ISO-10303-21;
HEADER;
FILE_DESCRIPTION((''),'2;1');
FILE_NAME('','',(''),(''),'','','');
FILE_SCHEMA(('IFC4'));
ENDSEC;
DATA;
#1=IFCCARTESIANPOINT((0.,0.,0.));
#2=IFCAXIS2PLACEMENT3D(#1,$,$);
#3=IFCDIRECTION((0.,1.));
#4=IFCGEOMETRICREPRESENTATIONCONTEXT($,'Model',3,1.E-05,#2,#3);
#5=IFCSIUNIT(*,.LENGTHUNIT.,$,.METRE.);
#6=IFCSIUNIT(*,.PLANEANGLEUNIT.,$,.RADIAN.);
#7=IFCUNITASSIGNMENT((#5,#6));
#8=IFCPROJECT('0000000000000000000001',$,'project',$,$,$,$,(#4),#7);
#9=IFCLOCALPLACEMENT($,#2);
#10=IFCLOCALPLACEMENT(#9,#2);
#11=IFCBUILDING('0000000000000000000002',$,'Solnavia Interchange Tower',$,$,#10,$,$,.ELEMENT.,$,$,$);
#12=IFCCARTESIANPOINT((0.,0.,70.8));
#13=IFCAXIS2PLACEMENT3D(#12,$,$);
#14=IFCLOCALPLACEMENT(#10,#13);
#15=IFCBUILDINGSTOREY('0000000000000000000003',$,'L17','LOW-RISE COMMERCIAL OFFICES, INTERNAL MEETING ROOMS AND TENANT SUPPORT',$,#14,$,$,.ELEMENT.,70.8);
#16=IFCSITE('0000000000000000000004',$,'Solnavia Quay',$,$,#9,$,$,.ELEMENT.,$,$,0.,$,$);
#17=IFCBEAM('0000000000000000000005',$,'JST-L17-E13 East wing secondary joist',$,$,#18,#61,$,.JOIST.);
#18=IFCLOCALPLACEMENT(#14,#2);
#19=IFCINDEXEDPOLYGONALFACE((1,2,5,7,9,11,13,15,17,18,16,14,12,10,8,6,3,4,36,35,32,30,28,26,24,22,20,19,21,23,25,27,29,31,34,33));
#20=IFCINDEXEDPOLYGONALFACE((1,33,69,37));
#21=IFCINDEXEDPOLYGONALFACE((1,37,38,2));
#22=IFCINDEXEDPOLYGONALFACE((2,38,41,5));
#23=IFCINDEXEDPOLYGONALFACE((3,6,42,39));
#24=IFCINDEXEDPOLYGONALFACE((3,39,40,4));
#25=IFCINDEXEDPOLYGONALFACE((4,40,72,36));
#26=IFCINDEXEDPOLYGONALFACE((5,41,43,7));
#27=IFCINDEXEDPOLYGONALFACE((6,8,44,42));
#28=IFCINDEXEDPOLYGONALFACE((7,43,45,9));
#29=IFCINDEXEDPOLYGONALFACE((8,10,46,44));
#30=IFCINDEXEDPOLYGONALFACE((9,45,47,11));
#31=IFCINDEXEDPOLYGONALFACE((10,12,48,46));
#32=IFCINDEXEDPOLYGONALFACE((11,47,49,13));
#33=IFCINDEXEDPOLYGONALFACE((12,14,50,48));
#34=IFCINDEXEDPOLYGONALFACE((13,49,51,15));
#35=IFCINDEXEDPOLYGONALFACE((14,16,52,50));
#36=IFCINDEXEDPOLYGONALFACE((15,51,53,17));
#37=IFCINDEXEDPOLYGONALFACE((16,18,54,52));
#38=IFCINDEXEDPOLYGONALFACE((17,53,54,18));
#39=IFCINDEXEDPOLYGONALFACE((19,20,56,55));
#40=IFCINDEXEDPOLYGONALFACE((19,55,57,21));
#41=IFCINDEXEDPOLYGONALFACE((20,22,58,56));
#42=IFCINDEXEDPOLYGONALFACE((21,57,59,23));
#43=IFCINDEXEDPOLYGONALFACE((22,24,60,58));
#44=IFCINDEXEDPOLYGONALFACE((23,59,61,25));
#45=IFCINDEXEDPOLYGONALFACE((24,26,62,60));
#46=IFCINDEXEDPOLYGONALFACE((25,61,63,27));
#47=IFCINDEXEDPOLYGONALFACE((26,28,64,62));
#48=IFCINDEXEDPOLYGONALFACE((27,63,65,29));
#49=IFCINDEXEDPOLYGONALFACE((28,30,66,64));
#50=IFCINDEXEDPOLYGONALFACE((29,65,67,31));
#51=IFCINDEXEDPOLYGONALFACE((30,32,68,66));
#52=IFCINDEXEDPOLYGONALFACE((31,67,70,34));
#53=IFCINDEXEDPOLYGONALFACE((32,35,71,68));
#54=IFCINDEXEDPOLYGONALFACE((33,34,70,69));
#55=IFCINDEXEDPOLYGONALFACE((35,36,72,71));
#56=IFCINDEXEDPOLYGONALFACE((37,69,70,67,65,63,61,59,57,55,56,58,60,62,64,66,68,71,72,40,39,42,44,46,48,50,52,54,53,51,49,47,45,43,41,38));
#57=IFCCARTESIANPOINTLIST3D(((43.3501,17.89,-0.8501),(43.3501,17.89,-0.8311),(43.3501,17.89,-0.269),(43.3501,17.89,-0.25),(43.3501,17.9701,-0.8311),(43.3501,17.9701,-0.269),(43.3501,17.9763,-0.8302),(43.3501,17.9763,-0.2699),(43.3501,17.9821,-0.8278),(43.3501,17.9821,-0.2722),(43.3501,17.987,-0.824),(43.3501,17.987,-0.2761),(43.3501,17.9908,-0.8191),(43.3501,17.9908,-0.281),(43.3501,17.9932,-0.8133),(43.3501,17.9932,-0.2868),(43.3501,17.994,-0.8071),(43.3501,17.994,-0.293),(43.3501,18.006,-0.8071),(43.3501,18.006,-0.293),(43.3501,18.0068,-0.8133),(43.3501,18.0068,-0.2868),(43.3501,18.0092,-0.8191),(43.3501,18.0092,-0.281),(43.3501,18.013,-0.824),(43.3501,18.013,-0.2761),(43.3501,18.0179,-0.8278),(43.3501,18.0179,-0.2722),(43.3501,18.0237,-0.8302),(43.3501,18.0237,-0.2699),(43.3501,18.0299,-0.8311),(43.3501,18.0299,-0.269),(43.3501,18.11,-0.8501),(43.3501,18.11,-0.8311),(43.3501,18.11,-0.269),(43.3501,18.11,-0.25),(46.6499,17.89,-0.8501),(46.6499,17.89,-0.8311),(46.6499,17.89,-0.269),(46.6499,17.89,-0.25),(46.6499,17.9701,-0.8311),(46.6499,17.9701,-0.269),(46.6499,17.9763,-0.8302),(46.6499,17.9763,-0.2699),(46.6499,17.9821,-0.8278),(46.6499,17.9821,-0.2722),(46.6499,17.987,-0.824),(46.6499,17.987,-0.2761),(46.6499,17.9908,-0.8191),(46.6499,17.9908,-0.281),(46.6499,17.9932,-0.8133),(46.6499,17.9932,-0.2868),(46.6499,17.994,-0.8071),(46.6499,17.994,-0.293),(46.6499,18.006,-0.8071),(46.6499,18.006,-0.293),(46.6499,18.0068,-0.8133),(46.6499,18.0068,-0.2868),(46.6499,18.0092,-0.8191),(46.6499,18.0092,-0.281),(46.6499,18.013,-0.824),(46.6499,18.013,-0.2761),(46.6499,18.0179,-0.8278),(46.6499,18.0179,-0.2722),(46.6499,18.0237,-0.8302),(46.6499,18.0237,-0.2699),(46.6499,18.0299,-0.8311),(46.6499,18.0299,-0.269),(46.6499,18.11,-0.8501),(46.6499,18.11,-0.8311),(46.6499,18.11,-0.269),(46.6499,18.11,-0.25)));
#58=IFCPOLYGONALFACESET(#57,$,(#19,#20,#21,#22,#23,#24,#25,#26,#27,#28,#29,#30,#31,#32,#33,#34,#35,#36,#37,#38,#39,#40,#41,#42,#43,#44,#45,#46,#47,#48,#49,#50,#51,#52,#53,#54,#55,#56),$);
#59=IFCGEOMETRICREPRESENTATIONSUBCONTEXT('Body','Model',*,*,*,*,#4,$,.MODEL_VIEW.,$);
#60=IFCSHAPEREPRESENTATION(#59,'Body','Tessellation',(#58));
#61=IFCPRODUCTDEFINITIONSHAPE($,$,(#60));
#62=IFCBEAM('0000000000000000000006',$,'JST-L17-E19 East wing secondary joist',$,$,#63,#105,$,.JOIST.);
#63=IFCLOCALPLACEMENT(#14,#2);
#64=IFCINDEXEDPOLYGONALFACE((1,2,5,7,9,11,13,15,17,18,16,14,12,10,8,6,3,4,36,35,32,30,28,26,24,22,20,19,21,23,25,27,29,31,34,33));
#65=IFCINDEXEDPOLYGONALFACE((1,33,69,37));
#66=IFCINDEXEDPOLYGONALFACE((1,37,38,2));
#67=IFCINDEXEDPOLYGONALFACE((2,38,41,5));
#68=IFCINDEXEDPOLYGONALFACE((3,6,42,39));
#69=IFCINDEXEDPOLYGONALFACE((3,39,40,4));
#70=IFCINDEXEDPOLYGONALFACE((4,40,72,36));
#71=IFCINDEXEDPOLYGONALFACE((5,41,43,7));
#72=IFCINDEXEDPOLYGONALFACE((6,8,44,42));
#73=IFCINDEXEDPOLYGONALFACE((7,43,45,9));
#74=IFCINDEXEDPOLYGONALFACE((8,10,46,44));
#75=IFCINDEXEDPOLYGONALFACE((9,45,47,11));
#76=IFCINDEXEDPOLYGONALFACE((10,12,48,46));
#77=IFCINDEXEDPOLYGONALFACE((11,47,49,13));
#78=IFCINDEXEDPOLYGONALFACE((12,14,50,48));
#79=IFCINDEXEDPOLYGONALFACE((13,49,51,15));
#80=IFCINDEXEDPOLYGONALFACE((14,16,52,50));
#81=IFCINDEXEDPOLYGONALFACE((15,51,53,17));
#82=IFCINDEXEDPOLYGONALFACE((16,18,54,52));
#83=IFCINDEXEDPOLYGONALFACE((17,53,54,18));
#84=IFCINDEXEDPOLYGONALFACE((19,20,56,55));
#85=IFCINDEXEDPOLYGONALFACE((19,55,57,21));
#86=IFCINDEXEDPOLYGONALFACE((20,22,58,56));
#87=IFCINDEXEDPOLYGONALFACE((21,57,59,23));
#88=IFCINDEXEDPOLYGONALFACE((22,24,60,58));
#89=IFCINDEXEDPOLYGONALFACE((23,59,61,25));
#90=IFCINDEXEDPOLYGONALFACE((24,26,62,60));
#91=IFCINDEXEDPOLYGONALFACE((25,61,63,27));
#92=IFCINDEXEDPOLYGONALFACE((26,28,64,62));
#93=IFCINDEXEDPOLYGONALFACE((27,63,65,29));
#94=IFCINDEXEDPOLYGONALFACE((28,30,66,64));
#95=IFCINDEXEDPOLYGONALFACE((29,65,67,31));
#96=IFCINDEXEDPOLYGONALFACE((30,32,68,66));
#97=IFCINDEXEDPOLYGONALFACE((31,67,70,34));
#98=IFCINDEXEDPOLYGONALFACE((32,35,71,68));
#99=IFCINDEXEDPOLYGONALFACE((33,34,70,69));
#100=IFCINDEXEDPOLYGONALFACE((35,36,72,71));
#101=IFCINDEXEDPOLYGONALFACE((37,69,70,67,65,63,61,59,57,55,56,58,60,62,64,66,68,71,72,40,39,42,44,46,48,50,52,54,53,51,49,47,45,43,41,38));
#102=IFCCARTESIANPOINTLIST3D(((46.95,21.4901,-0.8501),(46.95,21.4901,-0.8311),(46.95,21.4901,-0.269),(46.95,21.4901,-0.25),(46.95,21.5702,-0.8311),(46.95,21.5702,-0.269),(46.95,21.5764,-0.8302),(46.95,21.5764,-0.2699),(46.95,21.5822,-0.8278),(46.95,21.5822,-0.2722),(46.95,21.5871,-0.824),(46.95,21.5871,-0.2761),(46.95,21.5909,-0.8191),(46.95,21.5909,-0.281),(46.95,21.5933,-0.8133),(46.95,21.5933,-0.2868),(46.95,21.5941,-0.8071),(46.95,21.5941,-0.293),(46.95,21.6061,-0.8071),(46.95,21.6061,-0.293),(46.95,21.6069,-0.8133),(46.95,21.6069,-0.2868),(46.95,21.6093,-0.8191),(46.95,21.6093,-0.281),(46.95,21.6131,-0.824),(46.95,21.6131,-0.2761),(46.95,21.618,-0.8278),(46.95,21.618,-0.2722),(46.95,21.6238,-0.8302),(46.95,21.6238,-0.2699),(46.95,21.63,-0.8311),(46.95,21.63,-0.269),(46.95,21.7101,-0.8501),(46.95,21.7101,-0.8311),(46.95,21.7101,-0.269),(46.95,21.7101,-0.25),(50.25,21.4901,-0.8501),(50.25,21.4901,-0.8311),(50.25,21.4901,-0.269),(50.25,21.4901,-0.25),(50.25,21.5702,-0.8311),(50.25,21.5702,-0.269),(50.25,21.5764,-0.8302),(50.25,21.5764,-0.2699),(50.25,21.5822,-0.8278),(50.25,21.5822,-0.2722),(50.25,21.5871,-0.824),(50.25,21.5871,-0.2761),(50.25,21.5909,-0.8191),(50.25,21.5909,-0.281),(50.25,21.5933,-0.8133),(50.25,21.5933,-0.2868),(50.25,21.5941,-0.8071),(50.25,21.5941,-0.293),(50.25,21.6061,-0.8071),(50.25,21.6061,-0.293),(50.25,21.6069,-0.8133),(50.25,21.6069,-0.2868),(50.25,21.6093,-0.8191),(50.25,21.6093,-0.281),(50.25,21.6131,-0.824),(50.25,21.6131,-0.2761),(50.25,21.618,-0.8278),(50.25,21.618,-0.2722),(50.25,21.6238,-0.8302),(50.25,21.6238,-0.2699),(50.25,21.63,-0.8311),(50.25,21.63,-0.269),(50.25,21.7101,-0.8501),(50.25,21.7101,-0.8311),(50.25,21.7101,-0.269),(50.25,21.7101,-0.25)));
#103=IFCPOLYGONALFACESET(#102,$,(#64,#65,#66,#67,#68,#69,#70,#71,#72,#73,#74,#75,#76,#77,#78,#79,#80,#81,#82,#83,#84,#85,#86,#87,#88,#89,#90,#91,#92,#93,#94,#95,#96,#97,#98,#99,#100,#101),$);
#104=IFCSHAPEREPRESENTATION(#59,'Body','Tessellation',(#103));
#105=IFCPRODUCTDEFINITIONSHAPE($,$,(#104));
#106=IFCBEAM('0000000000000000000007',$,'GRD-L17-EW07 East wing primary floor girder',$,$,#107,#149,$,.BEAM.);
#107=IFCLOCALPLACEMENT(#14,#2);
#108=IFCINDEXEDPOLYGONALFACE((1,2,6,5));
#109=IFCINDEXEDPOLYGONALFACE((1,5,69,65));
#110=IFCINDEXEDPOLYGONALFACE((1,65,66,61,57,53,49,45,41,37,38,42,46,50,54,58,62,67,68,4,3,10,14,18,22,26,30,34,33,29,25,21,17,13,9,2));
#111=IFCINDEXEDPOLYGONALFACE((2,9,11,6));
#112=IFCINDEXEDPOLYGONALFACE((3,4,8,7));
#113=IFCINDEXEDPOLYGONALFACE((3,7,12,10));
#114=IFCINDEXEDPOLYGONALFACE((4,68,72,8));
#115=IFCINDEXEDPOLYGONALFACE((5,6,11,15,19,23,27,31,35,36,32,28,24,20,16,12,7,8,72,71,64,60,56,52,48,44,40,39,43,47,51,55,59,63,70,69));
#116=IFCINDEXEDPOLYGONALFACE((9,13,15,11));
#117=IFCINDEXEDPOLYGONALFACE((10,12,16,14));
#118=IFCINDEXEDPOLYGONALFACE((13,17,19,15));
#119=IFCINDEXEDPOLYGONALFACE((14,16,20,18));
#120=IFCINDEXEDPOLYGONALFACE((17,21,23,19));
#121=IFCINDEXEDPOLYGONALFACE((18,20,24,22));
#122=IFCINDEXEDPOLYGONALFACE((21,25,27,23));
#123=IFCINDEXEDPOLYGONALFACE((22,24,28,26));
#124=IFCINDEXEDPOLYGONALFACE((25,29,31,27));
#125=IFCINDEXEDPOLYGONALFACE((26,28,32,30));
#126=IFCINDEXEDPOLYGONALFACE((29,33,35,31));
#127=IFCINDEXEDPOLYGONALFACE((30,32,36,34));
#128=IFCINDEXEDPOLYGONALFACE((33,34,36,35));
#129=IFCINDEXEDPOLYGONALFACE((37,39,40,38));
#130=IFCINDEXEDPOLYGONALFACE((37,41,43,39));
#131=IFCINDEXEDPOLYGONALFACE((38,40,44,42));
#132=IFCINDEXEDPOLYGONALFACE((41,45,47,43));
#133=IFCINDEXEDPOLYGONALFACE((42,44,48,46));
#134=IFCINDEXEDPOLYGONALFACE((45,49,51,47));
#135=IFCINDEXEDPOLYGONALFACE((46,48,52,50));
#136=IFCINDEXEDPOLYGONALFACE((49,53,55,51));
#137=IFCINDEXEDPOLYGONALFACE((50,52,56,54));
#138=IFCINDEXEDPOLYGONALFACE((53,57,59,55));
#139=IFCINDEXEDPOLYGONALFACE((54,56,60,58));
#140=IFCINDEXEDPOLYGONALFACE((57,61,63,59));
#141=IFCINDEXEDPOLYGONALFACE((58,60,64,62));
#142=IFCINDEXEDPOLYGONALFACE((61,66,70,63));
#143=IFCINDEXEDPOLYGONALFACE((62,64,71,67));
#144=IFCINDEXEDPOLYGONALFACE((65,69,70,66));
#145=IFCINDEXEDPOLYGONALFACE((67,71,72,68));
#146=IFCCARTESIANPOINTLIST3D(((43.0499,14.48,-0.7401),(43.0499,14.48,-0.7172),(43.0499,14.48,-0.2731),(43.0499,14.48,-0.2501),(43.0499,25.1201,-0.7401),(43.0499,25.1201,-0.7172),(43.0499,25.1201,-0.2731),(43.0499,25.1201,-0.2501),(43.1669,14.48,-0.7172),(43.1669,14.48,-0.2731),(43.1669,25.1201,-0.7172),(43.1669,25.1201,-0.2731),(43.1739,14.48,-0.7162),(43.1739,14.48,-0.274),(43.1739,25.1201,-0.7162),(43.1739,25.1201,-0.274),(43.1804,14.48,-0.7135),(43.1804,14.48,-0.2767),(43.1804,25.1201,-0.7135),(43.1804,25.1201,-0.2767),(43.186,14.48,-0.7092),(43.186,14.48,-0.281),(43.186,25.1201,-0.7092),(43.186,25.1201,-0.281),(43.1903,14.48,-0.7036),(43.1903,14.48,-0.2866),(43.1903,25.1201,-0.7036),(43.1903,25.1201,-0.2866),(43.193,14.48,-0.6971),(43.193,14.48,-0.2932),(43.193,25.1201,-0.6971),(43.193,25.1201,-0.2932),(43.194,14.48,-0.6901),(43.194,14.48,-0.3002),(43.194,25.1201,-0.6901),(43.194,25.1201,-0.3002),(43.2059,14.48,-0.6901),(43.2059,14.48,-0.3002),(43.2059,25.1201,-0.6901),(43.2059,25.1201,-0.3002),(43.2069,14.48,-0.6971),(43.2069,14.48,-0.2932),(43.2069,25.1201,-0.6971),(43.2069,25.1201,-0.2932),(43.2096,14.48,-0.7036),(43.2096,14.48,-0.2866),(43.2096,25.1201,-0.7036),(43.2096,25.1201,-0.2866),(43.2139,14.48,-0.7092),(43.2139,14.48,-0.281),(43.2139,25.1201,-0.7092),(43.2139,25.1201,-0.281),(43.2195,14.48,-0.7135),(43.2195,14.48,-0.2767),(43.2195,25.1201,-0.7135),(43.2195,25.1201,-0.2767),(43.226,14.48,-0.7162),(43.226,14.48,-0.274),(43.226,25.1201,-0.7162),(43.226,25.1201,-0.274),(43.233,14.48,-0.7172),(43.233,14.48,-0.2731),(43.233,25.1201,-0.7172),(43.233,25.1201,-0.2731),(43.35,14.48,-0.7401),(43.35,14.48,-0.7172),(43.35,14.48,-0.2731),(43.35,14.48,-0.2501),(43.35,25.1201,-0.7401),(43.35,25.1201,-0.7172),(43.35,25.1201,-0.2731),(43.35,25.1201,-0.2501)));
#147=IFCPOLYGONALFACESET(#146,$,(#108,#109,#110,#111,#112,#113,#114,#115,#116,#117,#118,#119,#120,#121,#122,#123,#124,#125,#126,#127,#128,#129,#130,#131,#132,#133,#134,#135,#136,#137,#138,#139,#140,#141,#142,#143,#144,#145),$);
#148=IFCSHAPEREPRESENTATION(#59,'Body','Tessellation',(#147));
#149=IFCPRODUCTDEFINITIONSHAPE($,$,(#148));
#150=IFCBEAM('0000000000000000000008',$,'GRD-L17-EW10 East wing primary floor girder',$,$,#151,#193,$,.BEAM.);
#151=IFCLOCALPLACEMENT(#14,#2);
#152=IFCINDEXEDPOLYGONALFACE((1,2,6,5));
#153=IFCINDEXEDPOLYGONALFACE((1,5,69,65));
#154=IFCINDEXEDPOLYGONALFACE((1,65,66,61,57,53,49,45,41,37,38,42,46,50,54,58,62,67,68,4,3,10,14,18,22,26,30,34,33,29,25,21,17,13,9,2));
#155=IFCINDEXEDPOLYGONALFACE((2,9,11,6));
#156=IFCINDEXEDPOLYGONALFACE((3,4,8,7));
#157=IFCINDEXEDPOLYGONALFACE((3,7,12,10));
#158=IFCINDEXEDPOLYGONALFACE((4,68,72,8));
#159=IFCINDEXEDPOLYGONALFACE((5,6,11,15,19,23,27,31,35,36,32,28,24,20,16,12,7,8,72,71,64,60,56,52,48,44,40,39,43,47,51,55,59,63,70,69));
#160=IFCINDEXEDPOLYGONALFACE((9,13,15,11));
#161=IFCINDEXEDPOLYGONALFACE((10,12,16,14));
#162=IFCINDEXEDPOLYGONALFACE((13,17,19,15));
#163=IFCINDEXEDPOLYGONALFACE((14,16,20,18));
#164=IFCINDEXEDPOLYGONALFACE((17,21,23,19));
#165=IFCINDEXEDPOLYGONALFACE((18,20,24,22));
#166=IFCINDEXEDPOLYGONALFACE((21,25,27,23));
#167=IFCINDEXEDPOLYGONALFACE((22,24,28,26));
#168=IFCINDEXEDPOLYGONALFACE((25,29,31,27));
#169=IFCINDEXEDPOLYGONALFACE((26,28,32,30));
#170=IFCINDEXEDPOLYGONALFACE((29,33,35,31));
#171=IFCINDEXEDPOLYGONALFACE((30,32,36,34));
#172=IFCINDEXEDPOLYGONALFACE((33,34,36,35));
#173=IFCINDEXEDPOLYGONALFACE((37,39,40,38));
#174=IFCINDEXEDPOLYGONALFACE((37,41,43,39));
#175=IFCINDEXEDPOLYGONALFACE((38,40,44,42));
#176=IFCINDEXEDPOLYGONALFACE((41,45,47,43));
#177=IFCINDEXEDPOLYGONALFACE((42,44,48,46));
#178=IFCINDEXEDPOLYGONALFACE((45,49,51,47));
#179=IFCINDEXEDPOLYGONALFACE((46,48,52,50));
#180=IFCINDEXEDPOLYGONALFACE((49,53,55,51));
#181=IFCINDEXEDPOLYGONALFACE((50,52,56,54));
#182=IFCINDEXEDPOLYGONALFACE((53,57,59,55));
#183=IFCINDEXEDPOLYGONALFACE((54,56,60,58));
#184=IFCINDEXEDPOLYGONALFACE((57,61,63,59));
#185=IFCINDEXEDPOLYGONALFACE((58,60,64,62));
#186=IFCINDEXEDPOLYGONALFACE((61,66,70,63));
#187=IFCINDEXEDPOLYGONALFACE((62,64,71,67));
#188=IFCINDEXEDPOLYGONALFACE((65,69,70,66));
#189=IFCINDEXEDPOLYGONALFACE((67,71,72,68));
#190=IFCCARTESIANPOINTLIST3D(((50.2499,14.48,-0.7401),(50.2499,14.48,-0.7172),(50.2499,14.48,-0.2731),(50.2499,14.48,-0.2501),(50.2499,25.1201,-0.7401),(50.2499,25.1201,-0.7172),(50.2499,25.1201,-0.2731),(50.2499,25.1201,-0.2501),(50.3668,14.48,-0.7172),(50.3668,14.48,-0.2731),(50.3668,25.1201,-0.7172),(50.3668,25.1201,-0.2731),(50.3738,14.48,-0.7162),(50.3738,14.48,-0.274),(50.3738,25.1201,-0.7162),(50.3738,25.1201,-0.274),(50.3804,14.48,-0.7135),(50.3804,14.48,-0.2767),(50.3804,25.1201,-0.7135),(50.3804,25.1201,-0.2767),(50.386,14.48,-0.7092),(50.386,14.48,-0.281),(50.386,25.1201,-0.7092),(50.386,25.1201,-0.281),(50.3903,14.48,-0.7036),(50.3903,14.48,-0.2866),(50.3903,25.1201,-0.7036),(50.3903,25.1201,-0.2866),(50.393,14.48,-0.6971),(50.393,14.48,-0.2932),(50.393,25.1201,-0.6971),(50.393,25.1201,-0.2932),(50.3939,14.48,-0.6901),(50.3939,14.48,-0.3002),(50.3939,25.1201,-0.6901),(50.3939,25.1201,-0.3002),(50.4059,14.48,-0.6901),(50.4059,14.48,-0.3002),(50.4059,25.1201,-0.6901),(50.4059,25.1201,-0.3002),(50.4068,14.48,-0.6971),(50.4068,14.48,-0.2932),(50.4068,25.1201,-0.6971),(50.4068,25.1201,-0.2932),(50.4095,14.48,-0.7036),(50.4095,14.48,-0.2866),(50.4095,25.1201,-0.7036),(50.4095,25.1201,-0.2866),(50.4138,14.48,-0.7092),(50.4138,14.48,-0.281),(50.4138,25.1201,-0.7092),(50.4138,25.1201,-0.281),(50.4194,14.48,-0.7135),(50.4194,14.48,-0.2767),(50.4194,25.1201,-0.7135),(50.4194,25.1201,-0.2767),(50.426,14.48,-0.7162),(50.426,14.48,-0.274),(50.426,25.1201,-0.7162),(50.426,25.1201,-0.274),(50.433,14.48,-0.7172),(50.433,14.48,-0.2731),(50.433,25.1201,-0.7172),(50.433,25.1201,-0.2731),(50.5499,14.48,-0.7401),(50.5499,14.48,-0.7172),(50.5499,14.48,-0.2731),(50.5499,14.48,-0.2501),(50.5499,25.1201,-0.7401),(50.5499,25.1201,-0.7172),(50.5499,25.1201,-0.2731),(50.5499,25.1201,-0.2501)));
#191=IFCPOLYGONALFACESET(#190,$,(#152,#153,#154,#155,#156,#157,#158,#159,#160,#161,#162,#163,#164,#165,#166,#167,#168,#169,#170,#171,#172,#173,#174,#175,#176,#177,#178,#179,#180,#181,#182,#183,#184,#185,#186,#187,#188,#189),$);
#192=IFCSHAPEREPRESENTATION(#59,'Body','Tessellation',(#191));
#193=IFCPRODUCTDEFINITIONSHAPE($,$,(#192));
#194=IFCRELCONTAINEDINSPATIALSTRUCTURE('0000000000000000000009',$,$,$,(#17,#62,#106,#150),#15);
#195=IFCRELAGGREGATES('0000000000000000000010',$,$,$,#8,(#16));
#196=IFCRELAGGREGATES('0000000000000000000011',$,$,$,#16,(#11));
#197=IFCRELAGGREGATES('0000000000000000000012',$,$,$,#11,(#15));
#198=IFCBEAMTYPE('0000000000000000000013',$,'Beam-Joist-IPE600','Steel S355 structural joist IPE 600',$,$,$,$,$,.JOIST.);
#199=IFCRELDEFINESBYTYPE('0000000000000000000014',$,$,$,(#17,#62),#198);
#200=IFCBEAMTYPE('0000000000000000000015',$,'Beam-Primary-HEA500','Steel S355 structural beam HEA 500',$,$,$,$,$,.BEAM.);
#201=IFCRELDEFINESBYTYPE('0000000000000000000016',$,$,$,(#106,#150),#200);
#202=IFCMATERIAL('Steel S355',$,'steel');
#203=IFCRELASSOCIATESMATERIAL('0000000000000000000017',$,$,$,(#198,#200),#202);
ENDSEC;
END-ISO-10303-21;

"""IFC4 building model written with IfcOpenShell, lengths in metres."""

from ifc_helpers import new_model, si_unit, direction, frame, origin, origin_2d, place, context, subcontext, project, spatial, i_section, extrude, material, material_profile, profile_set, type_object, element, save


model = new_model("IFC4")

# Units and contexts
model_context = context("Model", 3, precision=1e-05, world=origin(), true_north=direction((0.0, 1.0)))
body_context = subcontext(model_context, "Body", "Model", "MODEL_VIEW")
ifc_project = project(units=[si_unit("LENGTHUNIT", "METRE"), si_unit("PLANEANGLEUNIT", "RADIAN")], contexts=[model_context])

# Site, building, storey
site_placement = place(None, origin())
site = spatial("IfcSite", under=ifc_project, at=site_placement, Name="Solnavia Quay", CompositionType="ELEMENT", RefElevation=0.0)
building_placement = place(site_placement, origin())
building = spatial("IfcBuilding", under=site, at=building_placement, Name="Solnavia Interchange Tower", CompositionType="ELEMENT")
storey_placement = place(building_placement, frame((0.0, 0.0, 70.8)))
storey = spatial("IfcBuildingStorey", under=building, at=storey_placement, Name="L17", Description="LOW-RISE COMMERCIAL OFFICES, INTERNAL MEETING ROOMS AND TENANT SUPPORT", CompositionType="ELEMENT", Elevation=70.8)

# Shared definitions
ifc_material_1 = material(Name="Steel S355", Category="steel")

# Beams
ifc_material_profile_1 = material_profile(ifc_material_1, i_section(OverallWidth=0.22, OverallDepth=0.6001, WebThickness=0.012, FlangeThickness=0.019, FilletRadius=0.0239, at=origin_2d()), Name="IPE 600")
ifc_profile_set_1 = profile_set([ifc_material_profile_1], Name="Steel S355")
beam_type_1 = type_object("IfcBeamType", Name="Beam-Joist-IPE600", Description="Steel S355 structural joist IPE 600", PredefinedType="JOIST", material=ifc_profile_set_1)
beam_1_placement = place(storey_placement, frame((43.3501, 18.0, -0.55), z_axis=(1.0, 0.0, 0.0), x_axis=(0.0, 1.0, 0.0)))
element("IfcBeam", 1, at=beam_1_placement, inside=storey, type_object=beam_type_1, Name="JST-L17-E13 East wing secondary joist", PredefinedType="JOIST", context=body_context, shape_type="SweptSolid", body=[
    extrude(i_section(OverallWidth=0.22, OverallDepth=0.6001, WebThickness=0.012, FlangeThickness=0.019, FilletRadius=0.0239, at=origin_2d()), origin(), (0.0, 0.0, 1.0), 3.2998),
])
beam_2_placement = place(storey_placement, frame((46.95, 21.6001, -0.55), z_axis=(1.0, 0.0, 0.0), x_axis=(0.0, 1.0, 0.0)))
element("IfcBeam", 2, at=beam_2_placement, inside=storey, type_object=beam_type_1, Name="JST-L17-E19 East wing secondary joist", PredefinedType="JOIST", context=body_context, shape_type="SweptSolid", body=[
    extrude(i_section(OverallWidth=0.22, OverallDepth=0.6001, WebThickness=0.012, FlangeThickness=0.019, FilletRadius=0.0239, at=origin_2d()), origin(), (0.0, 0.0, 1.0), 3.3),
])
ifc_material_profile_2 = material_profile(ifc_material_1, i_section(OverallWidth=0.3, OverallDepth=0.49, WebThickness=0.012, FlangeThickness=0.0229, FilletRadius=0.0271, at=origin_2d()), Name="HEA 500")
ifc_profile_set_2 = profile_set([ifc_material_profile_2], Name="Steel S355")
beam_type_2 = type_object("IfcBeamType", Name="Beam-Primary-HEA500", Description="Steel S355 structural beam HEA 500", PredefinedType="BEAM", material=ifc_profile_set_2)
for number, where, z_axis, x_axis, name in (
    (3, (43.2, 14.48, -0.4951), (0.0, 1.0, 0.0), (-1.0, 0.0, 0.0), "GRD-L17-EW07 East wing primary floor girder"),
    (4, (50.3999, 14.48, -0.4951), (0.0, 1.0, 0.0), (-1.0, 0.0, 0.0), "GRD-L17-EW10 East wing primary floor girder"),
):
    element("IfcBeam", number, at=place(storey_placement, frame(where, z_axis=z_axis, x_axis=x_axis)), inside=storey, type_object=beam_type_2, Name=name, PredefinedType="BEAM", context=body_context, shape_type="SweptSolid", body=[
        extrude(i_section(OverallWidth=0.3, OverallDepth=0.49, WebThickness=0.012, FlangeThickness=0.0229, FilletRadius=0.0271, at=origin_2d()), origin(), (0.0, 0.0, 1.0), 10.6401),
    ])

save(model, "model.ifc")
